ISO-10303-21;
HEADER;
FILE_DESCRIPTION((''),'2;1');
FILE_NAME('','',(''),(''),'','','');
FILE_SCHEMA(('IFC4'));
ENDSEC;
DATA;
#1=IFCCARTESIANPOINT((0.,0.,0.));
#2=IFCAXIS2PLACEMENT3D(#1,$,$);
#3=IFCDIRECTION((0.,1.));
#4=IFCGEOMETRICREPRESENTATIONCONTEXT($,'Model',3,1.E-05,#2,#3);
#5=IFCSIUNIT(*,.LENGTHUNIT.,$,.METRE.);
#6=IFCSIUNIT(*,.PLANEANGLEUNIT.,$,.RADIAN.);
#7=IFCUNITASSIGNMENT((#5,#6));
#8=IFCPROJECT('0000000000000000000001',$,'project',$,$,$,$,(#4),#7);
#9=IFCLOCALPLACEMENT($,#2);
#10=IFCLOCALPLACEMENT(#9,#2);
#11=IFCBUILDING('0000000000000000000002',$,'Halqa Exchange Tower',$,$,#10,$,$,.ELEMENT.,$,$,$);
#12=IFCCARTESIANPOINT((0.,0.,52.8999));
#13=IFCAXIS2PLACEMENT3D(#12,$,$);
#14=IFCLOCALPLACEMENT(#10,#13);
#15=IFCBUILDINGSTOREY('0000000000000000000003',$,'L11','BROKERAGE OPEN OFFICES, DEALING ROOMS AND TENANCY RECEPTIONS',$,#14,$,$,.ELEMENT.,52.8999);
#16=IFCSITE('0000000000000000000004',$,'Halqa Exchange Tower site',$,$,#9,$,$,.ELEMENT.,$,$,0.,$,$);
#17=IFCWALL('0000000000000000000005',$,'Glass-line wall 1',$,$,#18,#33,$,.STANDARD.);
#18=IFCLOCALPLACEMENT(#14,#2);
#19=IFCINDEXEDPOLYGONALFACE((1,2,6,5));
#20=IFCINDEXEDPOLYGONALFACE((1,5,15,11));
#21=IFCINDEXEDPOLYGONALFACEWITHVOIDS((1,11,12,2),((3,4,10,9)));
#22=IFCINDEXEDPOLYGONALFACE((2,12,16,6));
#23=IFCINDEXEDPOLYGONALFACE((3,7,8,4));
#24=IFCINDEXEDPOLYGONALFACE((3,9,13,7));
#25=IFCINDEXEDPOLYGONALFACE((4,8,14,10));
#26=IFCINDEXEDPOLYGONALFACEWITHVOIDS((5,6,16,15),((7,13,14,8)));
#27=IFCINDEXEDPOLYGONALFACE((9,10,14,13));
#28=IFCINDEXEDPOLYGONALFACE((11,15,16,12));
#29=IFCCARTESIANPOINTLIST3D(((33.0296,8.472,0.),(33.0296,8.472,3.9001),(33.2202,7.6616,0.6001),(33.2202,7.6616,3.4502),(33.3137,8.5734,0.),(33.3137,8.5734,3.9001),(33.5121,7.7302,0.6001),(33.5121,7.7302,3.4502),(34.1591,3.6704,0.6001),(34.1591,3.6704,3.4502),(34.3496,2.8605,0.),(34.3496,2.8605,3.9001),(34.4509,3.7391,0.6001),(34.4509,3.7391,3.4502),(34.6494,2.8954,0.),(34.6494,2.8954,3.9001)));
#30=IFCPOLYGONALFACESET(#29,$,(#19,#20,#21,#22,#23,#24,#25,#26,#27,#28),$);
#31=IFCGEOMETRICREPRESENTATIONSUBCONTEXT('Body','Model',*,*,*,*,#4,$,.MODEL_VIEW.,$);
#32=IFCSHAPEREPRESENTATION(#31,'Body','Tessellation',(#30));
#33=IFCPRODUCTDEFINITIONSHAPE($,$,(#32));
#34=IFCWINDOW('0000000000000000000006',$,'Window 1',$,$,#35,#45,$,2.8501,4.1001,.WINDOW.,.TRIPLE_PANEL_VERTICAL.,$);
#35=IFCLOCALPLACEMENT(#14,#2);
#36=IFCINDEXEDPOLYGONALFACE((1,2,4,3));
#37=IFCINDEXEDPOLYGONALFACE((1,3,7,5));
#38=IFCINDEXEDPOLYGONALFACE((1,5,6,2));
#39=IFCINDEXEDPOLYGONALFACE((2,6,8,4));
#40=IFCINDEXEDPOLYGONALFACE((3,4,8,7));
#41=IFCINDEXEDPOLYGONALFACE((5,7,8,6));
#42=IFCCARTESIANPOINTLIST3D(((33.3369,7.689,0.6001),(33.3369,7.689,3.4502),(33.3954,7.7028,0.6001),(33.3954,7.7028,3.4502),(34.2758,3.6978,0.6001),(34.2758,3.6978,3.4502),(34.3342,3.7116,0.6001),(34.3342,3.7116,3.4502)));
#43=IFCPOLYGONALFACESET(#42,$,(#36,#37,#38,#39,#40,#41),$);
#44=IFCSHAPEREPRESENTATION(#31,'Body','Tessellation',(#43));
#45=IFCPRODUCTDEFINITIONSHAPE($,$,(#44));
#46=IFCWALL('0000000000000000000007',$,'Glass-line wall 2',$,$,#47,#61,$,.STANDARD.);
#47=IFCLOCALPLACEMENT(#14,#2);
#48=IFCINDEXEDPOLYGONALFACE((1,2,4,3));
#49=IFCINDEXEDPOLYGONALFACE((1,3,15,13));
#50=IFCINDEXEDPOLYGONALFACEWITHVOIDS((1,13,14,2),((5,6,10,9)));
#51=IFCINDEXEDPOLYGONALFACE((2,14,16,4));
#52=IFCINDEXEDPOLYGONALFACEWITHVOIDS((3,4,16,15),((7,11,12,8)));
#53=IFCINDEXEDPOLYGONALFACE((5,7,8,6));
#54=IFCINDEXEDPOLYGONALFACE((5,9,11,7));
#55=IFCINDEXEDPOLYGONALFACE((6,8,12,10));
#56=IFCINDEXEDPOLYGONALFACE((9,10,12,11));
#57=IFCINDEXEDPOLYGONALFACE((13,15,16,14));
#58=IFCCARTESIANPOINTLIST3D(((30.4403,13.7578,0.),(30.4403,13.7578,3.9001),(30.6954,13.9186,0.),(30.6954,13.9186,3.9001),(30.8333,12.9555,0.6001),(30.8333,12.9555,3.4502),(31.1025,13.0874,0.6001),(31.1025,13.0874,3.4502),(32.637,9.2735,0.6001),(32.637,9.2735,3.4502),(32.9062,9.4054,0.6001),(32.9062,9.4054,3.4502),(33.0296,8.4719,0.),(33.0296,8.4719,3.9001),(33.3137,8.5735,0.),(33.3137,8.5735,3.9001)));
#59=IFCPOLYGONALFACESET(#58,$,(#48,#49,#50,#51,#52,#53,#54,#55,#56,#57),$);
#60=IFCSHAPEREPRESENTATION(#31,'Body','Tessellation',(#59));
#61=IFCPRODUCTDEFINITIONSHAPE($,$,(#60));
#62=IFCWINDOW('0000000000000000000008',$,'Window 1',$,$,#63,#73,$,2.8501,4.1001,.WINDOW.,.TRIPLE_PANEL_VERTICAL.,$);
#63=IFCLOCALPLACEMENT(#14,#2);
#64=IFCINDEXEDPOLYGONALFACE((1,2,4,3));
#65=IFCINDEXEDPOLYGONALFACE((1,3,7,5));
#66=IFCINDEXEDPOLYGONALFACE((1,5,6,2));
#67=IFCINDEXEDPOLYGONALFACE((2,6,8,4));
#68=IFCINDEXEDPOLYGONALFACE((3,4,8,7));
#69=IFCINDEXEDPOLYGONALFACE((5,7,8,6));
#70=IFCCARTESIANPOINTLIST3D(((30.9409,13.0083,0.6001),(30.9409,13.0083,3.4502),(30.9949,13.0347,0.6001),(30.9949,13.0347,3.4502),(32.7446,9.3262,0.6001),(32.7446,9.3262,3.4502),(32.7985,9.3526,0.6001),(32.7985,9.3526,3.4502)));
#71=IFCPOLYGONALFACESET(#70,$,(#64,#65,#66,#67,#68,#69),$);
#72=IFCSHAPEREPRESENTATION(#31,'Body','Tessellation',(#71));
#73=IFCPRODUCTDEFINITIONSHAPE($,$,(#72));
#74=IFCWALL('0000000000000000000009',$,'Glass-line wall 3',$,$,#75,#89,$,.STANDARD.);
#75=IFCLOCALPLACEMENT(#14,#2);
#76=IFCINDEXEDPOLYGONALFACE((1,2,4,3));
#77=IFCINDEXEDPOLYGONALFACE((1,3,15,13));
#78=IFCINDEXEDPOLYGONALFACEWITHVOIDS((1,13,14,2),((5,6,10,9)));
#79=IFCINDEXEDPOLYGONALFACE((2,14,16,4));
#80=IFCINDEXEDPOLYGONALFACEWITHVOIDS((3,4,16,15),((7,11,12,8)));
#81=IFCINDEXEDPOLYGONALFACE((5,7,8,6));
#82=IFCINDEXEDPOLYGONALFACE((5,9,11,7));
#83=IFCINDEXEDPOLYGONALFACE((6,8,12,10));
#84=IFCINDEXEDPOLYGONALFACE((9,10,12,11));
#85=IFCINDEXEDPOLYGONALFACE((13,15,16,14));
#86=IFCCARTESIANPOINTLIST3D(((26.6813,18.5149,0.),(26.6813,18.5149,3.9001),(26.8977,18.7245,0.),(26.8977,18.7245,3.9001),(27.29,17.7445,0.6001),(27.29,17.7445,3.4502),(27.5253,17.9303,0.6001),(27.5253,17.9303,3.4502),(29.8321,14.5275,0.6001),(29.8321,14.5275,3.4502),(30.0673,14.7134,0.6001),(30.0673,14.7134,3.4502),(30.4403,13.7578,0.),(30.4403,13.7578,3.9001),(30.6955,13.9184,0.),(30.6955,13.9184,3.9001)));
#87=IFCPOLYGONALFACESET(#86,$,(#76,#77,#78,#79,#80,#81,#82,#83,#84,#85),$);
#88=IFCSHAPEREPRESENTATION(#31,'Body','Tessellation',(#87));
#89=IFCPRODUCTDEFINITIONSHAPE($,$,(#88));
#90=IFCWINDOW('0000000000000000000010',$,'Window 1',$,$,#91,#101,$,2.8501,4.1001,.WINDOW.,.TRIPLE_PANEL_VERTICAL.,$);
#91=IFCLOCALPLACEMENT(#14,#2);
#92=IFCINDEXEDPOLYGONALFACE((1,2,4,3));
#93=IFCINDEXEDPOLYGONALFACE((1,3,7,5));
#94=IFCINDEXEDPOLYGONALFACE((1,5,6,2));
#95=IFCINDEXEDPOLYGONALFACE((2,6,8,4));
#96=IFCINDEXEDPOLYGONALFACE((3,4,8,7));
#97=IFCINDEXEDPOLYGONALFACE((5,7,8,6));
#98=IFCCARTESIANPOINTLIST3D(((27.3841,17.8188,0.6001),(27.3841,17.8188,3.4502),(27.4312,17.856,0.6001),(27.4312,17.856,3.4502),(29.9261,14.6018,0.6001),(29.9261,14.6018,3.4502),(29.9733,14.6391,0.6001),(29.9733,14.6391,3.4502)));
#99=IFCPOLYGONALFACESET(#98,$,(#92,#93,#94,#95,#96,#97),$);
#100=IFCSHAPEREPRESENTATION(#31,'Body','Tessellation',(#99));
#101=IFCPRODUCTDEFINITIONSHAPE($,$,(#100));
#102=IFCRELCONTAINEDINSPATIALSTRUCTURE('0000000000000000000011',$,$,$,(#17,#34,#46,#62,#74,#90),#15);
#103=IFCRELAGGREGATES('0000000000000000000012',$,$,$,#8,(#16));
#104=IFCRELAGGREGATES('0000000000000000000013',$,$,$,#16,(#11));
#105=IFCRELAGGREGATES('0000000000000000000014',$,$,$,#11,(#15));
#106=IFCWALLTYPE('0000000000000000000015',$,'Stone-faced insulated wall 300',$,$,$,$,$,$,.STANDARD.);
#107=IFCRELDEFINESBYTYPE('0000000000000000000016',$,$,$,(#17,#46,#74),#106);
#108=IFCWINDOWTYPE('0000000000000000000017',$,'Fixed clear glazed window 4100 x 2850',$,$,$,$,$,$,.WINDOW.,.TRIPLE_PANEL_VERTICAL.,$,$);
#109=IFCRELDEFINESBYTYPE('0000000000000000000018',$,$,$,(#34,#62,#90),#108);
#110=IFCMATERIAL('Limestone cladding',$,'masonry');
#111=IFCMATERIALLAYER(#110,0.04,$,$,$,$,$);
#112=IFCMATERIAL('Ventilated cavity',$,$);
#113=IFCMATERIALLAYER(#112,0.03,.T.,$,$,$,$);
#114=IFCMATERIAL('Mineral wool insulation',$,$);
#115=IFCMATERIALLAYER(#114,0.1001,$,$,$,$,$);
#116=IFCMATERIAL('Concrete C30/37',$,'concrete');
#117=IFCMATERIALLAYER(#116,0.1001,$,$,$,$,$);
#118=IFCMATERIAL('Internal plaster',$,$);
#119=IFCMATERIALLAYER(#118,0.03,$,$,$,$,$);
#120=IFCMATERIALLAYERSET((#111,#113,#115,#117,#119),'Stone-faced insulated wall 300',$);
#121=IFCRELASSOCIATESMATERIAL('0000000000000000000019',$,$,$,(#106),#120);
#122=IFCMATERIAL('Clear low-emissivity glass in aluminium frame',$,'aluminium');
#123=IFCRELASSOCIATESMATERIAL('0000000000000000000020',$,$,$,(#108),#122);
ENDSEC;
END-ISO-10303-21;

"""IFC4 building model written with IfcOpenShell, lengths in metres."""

from ifc_helpers import new_model, si_unit, direction, frame, frame_2d, origin, place, context, subcontext, project, spatial, polyline, rectangle, outline, extrude, material, layer, layer_set, type_object, element, fill, save


model = new_model("IFC4")

# Units and contexts
model_context = context("Model", 3, precision=1e-05, world=origin(), true_north=direction((0.0, 1.0)))
body_context = subcontext(model_context, "Body", "Model", "MODEL_VIEW")
ifc_project = project(units=[si_unit("LENGTHUNIT", "METRE"), si_unit("PLANEANGLEUNIT", "RADIAN")], contexts=[model_context])

# Site, building, storey
site_placement = place(None, origin())
site = spatial("IfcSite", under=ifc_project, at=site_placement, Name="Halqa Exchange Tower site", CompositionType="ELEMENT", RefElevation=0.0)
building_placement = place(site_placement, origin())
building = spatial("IfcBuilding", under=site, at=building_placement, Name="Halqa Exchange Tower", CompositionType="ELEMENT")
storey_placement = place(building_placement, frame((0.0, 0.0, 52.8999)))
storey = spatial("IfcBuildingStorey", under=building, at=storey_placement, Name="L11", Description="BROKERAGE OPEN OFFICES, DEALING ROOMS AND TENANCY RECEPTIONS", CompositionType="ELEMENT", Elevation=52.8999)

# Walls, openings, windows
ifc_material_1 = material(Name="Limestone cladding", Category="masonry")
ifc_layer_1 = layer(ifc_material_1, 0.04)
ifc_material_2 = material(Name="Ventilated cavity")
ifc_layer_2 = layer(ifc_material_2, 0.03, ventilated=True)
ifc_material_3 = material(Name="Mineral wool insulation")
ifc_layer_3 = layer(ifc_material_3, 0.1001)
ifc_material_4 = material(Name="Concrete C30/37", Category="concrete")
ifc_layer_4 = layer(ifc_material_4, 0.1001)
ifc_material_5 = material(Name="Internal plaster")
ifc_layer_5 = layer(ifc_material_5, 0.03)
ifc_layer_set_1 = layer_set([ifc_layer_1, ifc_layer_2, ifc_layer_3, ifc_layer_4, ifc_layer_5], Name="Stone-faced insulated wall 300")
wall_type_1 = type_object("IfcWallType", Name="Stone-faced insulated wall 300", PredefinedType="STANDARD", material=ifc_layer_set_1)
wall_1_placement = place(storey_placement, frame((34.4995, 2.8779, 0.0), z_axis=(0.0, 0.0, 1.0), x_axis=(-0.22899, 0.973429, 0.0)))
wall_1 = element("IfcWall", 1, at=wall_1_placement, inside=storey, type_object=wall_type_1, Name="Glass-line wall 1", PredefinedType="STANDARD", context=body_context, shape_type="SweptSolid", body=[
    extrude(outline(polyline([(-0.0173, -0.1499), (5.8157, -0.1499), (5.782, 0.1499), (0.0173, 0.1499), (-0.0173, -0.1499)])), origin(), (0.0, 0.0, 1.0), 3.9001),
])
opening_1_placement = place(wall_1_placement, frame((0.8494, 0.0, 0.6001)))
opening_1 = element("IfcOpeningElement", 2, at=opening_1_placement, cuts=wall_1, PredefinedType="OPENING", context=body_context, shape_type="SweptSolid", body=[
    extrude(rectangle(XDim=4.1001, YDim=2.8501, at=frame_2d((2.05, 1.425))), frame((0.0, 0.1621, 0.0), z_axis=(0.0, -1.0, 0.0), x_axis=(1.0, 0.0, 0.0)), (0.0, 0.0, 1.0), 0.324),
])
ifc_material_6 = material(Name="Clear low-emissivity glass in aluminium frame", Category="aluminium")
window_type = type_object("IfcWindowType", Name="Fixed clear glazed window 4100 x 2850", PartitioningType="TRIPLE_PANEL_VERTICAL", PredefinedType="WINDOW", material=ifc_material_6)
window_1_placement = place(opening_1_placement, origin())
window_1 = element("IfcWindow", 3, at=window_1_placement, inside=storey, type_object=window_type, Name="Window 1", OverallHeight=2.8501, OverallWidth=4.1001, PartitioningType="TRIPLE_PANEL_VERTICAL", PredefinedType="WINDOW", context=body_context, shape_type="SweptSolid", body=[
    extrude(rectangle(XDim=4.1001, YDim=2.8501, at=frame_2d((2.05, 1.425))), frame((0.0, 0.03, 0.0), z_axis=(0.0, -1.0, 0.0), x_axis=(1.0, 0.0, 0.0)), (0.0, 0.0, 1.0), 0.0601),
])
fill(opening_1, window_1)
wall_2_placement = place(storey_placement, frame((33.1716, 8.5227, 0.0), z_axis=(0.0, 0.0, 1.0), x_axis=(-0.439906, 0.898044, 0.0)))
wall_2 = element("IfcWall", 4, at=wall_2_placement, inside=storey, type_object=wall_type_1, Name="Glass-line wall 2", PredefinedType="STANDARD", context=body_context, shape_type="SweptSolid", body=[
    extrude(outline(polyline([(-0.0168, -0.1499), (5.9351, -0.1499), (5.9028, 0.1499), (0.0168, 0.1499), (-0.0168, -0.1499)])), origin(), (0.0, 0.0, 1.0), 3.9001),
])
opening_2_placement = place(wall_2_placement, frame((0.9094, 0.0, 0.6001)))
opening_2 = element("IfcOpeningElement", 5, at=opening_2_placement, cuts=wall_2, PredefinedType="OPENING", context=body_context, shape_type="SweptSolid", body=[
    extrude(rectangle(XDim=4.1001, YDim=2.8501, at=frame_2d((2.05, 1.425))), frame((0.0, 0.1621, 0.0), z_axis=(0.0, -1.0, 0.0), x_axis=(1.0, 0.0, 0.0)), (0.0, 0.0, 1.0), 0.324),
])
window_2_placement = place(opening_2_placement, origin())
window_2 = element("IfcWindow", 6, at=window_2_placement, inside=storey, type_object=window_type, Name="Window 1", OverallHeight=2.8501, OverallWidth=4.1001, PartitioningType="TRIPLE_PANEL_VERTICAL", PredefinedType="WINDOW", context=body_context, shape_type="SweptSolid", body=[
    extrude(rectangle(XDim=4.1001, YDim=2.8501, at=frame_2d((2.05, 1.425))), frame((0.0, 0.03, 0.0), z_axis=(0.0, -1.0, 0.0), x_axis=(1.0, 0.0, 0.0)), (0.0, 0.0, 1.0), 0.0601),
])
fill(opening_2, window_2)
wall_3_placement = place(storey_placement, frame((30.5679, 13.8381, 0.0), z_axis=(0.0, 0.0, 1.0), x_axis=(-0.619994, 0.784607, 0.0)))
wall_3 = element("IfcWall", 7, at=wall_3_placement, inside=storey, type_object=wall_type_1, Name="Glass-line wall 3", PredefinedType="STANDARD", context=body_context, shape_type="SweptSolid", body=[
    extrude(outline(polyline([(-0.0161, -0.1499), (6.1094, -0.1499), (6.0791, 0.1499), (0.0161, 0.1499), (-0.0161, -0.1499)])), origin(), (0.0, 0.0, 1.0), 3.9001),
])
opening_3_placement = place(wall_3_placement, frame((0.9971, 0.0, 0.6001)))
opening_3 = element("IfcOpeningElement", 8, at=opening_3_placement, cuts=wall_3, PredefinedType="OPENING", context=body_context, shape_type="SweptSolid", body=[
    extrude(rectangle(XDim=4.1001, YDim=2.8501, at=frame_2d((2.05, 1.425))), frame((0.0, 0.1621, 0.0), z_axis=(0.0, -1.0, 0.0), x_axis=(1.0, 0.0, 0.0)), (0.0, 0.0, 1.0), 0.324),
])
window_3_placement = place(opening_3_placement, origin())
window_3 = element("IfcWindow", 9, at=window_3_placement, inside=storey, type_object=window_type, Name="Window 1", OverallHeight=2.8501, OverallWidth=4.1001, PartitioningType="TRIPLE_PANEL_VERTICAL", PredefinedType="WINDOW", context=body_context, shape_type="SweptSolid", body=[
    extrude(rectangle(XDim=4.1001, YDim=2.8501, at=frame_2d((2.05, 1.425))), frame((0.0, 0.03, 0.0), z_axis=(0.0, -1.0, 0.0), x_axis=(1.0, 0.0, 0.0)), (0.0, 0.0, 1.0), 0.0601),
])
fill(opening_3, window_3)

save(model, "model.ifc")
